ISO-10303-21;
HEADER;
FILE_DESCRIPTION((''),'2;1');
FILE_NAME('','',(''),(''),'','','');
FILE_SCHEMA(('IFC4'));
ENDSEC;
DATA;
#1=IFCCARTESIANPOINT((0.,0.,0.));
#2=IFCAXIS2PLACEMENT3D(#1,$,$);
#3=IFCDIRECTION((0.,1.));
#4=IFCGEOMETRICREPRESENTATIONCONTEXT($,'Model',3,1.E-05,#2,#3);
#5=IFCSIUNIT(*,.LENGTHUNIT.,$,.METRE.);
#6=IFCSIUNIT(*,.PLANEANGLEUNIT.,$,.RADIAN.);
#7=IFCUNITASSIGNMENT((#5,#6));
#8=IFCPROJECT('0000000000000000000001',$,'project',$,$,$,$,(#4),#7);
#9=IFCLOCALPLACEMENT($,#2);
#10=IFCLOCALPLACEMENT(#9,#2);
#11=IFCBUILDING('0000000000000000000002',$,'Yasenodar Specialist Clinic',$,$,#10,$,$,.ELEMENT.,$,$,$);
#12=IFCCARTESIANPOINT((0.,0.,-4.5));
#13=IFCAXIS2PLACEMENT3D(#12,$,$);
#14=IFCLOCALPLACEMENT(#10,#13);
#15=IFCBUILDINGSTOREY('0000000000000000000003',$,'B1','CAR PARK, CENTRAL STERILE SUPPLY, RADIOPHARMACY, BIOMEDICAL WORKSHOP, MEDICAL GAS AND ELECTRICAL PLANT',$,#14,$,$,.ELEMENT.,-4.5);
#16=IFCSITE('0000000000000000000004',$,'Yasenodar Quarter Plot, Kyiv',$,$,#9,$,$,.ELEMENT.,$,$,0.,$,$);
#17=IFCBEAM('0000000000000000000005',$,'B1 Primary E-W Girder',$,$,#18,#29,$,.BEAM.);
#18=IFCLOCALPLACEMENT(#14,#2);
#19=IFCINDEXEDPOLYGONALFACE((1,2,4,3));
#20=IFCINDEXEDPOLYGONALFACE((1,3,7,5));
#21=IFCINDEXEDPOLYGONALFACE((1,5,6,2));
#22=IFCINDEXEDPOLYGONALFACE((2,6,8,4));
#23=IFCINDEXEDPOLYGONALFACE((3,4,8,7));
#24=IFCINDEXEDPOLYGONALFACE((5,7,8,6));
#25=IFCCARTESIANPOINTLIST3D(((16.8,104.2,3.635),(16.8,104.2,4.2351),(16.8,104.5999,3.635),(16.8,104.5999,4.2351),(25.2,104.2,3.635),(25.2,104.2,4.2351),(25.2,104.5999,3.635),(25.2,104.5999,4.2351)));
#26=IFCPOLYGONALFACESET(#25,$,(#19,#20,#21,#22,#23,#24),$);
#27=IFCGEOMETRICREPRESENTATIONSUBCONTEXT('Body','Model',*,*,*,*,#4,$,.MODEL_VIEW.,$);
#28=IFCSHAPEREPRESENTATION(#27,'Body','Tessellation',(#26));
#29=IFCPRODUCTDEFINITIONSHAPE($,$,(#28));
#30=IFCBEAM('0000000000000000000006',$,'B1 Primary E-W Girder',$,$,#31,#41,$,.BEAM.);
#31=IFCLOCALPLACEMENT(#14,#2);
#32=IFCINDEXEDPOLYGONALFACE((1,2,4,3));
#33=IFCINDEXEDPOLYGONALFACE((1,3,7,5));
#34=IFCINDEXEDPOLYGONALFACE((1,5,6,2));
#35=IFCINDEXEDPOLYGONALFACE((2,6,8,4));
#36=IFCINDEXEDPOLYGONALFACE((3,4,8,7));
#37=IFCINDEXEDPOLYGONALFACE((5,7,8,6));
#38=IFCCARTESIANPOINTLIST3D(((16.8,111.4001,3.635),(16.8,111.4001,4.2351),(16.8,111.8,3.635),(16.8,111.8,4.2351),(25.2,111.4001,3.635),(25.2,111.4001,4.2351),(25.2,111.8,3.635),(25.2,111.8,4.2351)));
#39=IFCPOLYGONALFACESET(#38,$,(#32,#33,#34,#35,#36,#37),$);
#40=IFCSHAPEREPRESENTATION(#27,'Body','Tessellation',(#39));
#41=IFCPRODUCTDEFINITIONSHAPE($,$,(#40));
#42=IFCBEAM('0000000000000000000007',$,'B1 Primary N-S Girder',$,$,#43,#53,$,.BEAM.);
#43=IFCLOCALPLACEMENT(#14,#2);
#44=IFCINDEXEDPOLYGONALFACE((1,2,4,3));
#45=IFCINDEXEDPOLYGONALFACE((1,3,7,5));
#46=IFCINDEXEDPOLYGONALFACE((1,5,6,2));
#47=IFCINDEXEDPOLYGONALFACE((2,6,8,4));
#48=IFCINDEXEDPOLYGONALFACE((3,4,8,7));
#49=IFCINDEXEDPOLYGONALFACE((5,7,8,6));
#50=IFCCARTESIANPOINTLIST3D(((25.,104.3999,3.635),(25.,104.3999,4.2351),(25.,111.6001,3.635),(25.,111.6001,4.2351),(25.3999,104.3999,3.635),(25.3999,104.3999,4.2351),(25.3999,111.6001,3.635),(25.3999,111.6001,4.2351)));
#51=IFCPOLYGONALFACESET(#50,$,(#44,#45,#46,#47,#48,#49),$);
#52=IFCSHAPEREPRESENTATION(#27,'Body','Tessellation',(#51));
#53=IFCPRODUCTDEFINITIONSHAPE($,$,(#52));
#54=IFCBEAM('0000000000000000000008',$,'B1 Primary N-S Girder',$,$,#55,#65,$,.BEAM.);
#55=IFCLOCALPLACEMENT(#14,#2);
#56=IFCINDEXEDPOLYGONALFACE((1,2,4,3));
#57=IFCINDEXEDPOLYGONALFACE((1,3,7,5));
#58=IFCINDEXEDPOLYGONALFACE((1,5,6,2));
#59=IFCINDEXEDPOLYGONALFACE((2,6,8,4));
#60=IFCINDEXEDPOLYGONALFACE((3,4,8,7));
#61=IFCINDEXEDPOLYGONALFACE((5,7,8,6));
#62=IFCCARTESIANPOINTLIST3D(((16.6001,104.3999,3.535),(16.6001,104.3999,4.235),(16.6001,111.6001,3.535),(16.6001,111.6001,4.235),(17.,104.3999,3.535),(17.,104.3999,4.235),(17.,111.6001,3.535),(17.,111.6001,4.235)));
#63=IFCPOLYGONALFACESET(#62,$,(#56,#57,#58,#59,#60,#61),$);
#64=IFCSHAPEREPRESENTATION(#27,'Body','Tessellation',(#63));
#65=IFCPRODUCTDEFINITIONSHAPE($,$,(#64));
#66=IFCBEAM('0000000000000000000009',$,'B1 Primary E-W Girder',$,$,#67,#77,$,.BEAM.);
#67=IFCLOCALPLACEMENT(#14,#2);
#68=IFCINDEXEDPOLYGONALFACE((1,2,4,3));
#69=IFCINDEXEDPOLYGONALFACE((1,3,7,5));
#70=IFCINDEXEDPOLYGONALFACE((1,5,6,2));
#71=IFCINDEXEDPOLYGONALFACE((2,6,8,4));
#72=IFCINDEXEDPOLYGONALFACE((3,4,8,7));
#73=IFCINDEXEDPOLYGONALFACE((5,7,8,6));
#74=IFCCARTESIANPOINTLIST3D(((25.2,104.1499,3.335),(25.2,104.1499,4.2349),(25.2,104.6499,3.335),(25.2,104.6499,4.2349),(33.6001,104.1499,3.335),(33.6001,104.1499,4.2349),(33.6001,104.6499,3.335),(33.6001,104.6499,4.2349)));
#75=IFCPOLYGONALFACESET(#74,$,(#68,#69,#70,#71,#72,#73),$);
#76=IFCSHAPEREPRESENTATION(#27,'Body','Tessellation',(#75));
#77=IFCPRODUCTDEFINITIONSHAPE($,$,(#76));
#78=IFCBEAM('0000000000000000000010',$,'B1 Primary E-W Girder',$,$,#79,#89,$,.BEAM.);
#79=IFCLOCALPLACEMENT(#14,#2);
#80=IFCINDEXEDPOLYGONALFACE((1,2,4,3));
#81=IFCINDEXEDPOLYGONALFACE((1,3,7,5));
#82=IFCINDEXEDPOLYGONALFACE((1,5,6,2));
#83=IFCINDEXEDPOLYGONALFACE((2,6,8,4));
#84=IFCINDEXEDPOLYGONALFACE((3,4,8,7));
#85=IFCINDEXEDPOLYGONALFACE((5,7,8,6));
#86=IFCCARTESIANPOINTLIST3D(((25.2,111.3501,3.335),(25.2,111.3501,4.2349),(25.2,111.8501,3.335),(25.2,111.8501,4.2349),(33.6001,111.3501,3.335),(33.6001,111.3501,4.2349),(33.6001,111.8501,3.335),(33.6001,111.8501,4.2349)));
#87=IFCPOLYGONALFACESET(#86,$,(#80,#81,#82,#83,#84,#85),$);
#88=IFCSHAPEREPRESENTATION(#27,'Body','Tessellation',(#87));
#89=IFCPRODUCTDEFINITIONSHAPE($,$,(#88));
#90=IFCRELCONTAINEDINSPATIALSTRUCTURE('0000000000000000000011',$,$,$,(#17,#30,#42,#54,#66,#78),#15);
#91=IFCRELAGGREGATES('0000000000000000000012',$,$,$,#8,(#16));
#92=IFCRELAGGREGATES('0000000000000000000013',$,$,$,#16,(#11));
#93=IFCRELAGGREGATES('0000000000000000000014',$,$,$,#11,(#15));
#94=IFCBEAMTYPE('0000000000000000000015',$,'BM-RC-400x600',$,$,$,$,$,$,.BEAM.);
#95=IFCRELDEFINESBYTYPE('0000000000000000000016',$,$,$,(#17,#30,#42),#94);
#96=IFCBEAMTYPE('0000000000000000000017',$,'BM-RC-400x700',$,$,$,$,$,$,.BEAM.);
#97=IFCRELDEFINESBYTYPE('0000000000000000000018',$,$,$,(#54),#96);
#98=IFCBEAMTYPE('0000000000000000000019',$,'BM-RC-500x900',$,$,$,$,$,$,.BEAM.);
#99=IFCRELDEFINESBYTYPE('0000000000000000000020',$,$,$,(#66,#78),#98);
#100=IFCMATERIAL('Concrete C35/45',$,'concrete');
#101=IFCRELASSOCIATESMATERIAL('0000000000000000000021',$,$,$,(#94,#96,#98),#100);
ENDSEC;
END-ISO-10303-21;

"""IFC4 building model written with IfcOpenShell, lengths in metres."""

from ifc_helpers import new_model, si_unit, direction, frame, origin, origin_2d, place, context, subcontext, project, spatial, rectangle, extrude, material, material_profile, profile_set, type_object, element, save


model = new_model("IFC4")

# Units and contexts
model_context = context("Model", 3, precision=1e-05, world=origin(), true_north=direction((0.0, 1.0)))
body_context = subcontext(model_context, "Body", "Model", "MODEL_VIEW")
ifc_project = project(units=[si_unit("LENGTHUNIT", "METRE"), si_unit("PLANEANGLEUNIT", "RADIAN")], contexts=[model_context])

# Site, building, storey
site_placement = place(None, origin())
site = spatial("IfcSite", under=ifc_project, at=site_placement, Name="Yasenodar Quarter Plot, Kyiv", CompositionType="ELEMENT", RefElevation=0.0)
building_placement = place(site_placement, origin())
building = spatial("IfcBuilding", under=site, at=building_placement, Name="Yasenodar Specialist Clinic", CompositionType="ELEMENT")
storey_placement = place(building_placement, frame((0.0, 0.0, -4.5)))
storey = spatial("IfcBuildingStorey", under=building, at=storey_placement, Name="B1", Description="CAR PARK, CENTRAL STERILE SUPPLY, RADIOPHARMACY, BIOMEDICAL WORKSHOP, MEDICAL GAS AND ELECTRICAL PLANT", CompositionType="ELEMENT", Elevation=-4.5)

# Shared definitions
ifc_material_1 = material(Name="Concrete C35/45", Category="concrete")

# Beams
ifc_material_profile_1 = material_profile(ifc_material_1, rectangle(XDim=0.3999, YDim=0.6001, at=origin_2d()), Name="RC 400x600")
ifc_profile_set_1 = profile_set([ifc_material_profile_1], Name="Concrete C35/45")
beam_type_1 = type_object("IfcBeamType", Name="BM-RC-400x600", PredefinedType="BEAM", material=ifc_profile_set_1)
for number, where, z_axis, x_axis, name in (
    (1, (16.8, 104.3999, 3.9351), (1.0, 0.0, 0.0), (0.0, 1.0, 0.0), "B1 Primary E-W Girder"),
    (2, (16.8, 111.6001, 3.9351), (1.0, 0.0, 0.0), (0.0, 1.0, 0.0), "B1 Primary E-W Girder"),
):
    element("IfcBeam", number, at=place(storey_placement, frame(where, z_axis=z_axis, x_axis=x_axis)), inside=storey, type_object=beam_type_1, Name=name, PredefinedType="BEAM", context=body_context, shape_type="SweptSolid", body=[
        extrude(rectangle(XDim=0.3999, YDim=0.6001, at=origin_2d()), origin(), (0.0, 0.0, 1.0), 8.3999),
    ])
beam_1_placement = place(storey_placement, frame((25.2, 104.3999, 3.9351), z_axis=(0.0, 1.0, 0.0), x_axis=(-1.0, 0.0, 0.0)))
element("IfcBeam", 3, at=beam_1_placement, inside=storey, type_object=beam_type_1, Name="B1 Primary N-S Girder", PredefinedType="BEAM", context=body_context, shape_type="SweptSolid", body=[
    extrude(rectangle(XDim=0.3999, YDim=0.6001, at=origin_2d()), origin(), (0.0, 0.0, 1.0), 7.2002),
])
ifc_material_profile_2 = material_profile(ifc_material_1, rectangle(XDim=0.3999, YDim=0.7, at=origin_2d()), Name="RC 400x700")
ifc_profile_set_2 = profile_set([ifc_material_profile_2], Name="Concrete C35/45")
beam_type_2 = type_object("IfcBeamType", Name="BM-RC-400x700", PredefinedType="BEAM", material=ifc_profile_set_2)
beam_2_placement = place(storey_placement, frame((16.8, 104.3999, 3.885), z_axis=(0.0, 1.0, 0.0), x_axis=(-1.0, 0.0, 0.0)))
element("IfcBeam", 4, at=beam_2_placement, inside=storey, type_object=beam_type_2, Name="B1 Primary N-S Girder", PredefinedType="BEAM", context=body_context, shape_type="SweptSolid", body=[
    extrude(rectangle(XDim=0.3999, YDim=0.7, at=origin_2d()), origin(), (0.0, 0.0, 1.0), 7.2002),
])
ifc_material_profile_3 = material_profile(ifc_material_1, rectangle(XDim=0.5, YDim=0.8999, at=origin_2d()), Name="RC 500x900")
ifc_profile_set_3 = profile_set([ifc_material_profile_3], Name="Concrete C35/45")
beam_type_3 = type_object("IfcBeamType", Name="BM-RC-500x900", PredefinedType="BEAM", material=ifc_profile_set_3)
for number, where, z_axis, x_axis, name in (
    (5, (25.2, 104.3999, 3.7849), (1.0, 0.0, 0.0), (0.0, 1.0, 0.0), "B1 Primary E-W Girder"),
    (6, (25.2, 111.6001, 3.7849), (1.0, 0.0, 0.0), (0.0, 1.0, 0.0), "B1 Primary E-W Girder"),
):
    element("IfcBeam", number, at=place(storey_placement, frame(where, z_axis=z_axis, x_axis=x_axis)), inside=storey, type_object=beam_type_3, Name=name, PredefinedType="BEAM", context=body_context, shape_type="SweptSolid", body=[
        extrude(rectangle(XDim=0.5, YDim=0.8999, at=origin_2d()), origin(), (0.0, 0.0, 1.0), 8.4001),
    ])

save(model, "model.ifc")
